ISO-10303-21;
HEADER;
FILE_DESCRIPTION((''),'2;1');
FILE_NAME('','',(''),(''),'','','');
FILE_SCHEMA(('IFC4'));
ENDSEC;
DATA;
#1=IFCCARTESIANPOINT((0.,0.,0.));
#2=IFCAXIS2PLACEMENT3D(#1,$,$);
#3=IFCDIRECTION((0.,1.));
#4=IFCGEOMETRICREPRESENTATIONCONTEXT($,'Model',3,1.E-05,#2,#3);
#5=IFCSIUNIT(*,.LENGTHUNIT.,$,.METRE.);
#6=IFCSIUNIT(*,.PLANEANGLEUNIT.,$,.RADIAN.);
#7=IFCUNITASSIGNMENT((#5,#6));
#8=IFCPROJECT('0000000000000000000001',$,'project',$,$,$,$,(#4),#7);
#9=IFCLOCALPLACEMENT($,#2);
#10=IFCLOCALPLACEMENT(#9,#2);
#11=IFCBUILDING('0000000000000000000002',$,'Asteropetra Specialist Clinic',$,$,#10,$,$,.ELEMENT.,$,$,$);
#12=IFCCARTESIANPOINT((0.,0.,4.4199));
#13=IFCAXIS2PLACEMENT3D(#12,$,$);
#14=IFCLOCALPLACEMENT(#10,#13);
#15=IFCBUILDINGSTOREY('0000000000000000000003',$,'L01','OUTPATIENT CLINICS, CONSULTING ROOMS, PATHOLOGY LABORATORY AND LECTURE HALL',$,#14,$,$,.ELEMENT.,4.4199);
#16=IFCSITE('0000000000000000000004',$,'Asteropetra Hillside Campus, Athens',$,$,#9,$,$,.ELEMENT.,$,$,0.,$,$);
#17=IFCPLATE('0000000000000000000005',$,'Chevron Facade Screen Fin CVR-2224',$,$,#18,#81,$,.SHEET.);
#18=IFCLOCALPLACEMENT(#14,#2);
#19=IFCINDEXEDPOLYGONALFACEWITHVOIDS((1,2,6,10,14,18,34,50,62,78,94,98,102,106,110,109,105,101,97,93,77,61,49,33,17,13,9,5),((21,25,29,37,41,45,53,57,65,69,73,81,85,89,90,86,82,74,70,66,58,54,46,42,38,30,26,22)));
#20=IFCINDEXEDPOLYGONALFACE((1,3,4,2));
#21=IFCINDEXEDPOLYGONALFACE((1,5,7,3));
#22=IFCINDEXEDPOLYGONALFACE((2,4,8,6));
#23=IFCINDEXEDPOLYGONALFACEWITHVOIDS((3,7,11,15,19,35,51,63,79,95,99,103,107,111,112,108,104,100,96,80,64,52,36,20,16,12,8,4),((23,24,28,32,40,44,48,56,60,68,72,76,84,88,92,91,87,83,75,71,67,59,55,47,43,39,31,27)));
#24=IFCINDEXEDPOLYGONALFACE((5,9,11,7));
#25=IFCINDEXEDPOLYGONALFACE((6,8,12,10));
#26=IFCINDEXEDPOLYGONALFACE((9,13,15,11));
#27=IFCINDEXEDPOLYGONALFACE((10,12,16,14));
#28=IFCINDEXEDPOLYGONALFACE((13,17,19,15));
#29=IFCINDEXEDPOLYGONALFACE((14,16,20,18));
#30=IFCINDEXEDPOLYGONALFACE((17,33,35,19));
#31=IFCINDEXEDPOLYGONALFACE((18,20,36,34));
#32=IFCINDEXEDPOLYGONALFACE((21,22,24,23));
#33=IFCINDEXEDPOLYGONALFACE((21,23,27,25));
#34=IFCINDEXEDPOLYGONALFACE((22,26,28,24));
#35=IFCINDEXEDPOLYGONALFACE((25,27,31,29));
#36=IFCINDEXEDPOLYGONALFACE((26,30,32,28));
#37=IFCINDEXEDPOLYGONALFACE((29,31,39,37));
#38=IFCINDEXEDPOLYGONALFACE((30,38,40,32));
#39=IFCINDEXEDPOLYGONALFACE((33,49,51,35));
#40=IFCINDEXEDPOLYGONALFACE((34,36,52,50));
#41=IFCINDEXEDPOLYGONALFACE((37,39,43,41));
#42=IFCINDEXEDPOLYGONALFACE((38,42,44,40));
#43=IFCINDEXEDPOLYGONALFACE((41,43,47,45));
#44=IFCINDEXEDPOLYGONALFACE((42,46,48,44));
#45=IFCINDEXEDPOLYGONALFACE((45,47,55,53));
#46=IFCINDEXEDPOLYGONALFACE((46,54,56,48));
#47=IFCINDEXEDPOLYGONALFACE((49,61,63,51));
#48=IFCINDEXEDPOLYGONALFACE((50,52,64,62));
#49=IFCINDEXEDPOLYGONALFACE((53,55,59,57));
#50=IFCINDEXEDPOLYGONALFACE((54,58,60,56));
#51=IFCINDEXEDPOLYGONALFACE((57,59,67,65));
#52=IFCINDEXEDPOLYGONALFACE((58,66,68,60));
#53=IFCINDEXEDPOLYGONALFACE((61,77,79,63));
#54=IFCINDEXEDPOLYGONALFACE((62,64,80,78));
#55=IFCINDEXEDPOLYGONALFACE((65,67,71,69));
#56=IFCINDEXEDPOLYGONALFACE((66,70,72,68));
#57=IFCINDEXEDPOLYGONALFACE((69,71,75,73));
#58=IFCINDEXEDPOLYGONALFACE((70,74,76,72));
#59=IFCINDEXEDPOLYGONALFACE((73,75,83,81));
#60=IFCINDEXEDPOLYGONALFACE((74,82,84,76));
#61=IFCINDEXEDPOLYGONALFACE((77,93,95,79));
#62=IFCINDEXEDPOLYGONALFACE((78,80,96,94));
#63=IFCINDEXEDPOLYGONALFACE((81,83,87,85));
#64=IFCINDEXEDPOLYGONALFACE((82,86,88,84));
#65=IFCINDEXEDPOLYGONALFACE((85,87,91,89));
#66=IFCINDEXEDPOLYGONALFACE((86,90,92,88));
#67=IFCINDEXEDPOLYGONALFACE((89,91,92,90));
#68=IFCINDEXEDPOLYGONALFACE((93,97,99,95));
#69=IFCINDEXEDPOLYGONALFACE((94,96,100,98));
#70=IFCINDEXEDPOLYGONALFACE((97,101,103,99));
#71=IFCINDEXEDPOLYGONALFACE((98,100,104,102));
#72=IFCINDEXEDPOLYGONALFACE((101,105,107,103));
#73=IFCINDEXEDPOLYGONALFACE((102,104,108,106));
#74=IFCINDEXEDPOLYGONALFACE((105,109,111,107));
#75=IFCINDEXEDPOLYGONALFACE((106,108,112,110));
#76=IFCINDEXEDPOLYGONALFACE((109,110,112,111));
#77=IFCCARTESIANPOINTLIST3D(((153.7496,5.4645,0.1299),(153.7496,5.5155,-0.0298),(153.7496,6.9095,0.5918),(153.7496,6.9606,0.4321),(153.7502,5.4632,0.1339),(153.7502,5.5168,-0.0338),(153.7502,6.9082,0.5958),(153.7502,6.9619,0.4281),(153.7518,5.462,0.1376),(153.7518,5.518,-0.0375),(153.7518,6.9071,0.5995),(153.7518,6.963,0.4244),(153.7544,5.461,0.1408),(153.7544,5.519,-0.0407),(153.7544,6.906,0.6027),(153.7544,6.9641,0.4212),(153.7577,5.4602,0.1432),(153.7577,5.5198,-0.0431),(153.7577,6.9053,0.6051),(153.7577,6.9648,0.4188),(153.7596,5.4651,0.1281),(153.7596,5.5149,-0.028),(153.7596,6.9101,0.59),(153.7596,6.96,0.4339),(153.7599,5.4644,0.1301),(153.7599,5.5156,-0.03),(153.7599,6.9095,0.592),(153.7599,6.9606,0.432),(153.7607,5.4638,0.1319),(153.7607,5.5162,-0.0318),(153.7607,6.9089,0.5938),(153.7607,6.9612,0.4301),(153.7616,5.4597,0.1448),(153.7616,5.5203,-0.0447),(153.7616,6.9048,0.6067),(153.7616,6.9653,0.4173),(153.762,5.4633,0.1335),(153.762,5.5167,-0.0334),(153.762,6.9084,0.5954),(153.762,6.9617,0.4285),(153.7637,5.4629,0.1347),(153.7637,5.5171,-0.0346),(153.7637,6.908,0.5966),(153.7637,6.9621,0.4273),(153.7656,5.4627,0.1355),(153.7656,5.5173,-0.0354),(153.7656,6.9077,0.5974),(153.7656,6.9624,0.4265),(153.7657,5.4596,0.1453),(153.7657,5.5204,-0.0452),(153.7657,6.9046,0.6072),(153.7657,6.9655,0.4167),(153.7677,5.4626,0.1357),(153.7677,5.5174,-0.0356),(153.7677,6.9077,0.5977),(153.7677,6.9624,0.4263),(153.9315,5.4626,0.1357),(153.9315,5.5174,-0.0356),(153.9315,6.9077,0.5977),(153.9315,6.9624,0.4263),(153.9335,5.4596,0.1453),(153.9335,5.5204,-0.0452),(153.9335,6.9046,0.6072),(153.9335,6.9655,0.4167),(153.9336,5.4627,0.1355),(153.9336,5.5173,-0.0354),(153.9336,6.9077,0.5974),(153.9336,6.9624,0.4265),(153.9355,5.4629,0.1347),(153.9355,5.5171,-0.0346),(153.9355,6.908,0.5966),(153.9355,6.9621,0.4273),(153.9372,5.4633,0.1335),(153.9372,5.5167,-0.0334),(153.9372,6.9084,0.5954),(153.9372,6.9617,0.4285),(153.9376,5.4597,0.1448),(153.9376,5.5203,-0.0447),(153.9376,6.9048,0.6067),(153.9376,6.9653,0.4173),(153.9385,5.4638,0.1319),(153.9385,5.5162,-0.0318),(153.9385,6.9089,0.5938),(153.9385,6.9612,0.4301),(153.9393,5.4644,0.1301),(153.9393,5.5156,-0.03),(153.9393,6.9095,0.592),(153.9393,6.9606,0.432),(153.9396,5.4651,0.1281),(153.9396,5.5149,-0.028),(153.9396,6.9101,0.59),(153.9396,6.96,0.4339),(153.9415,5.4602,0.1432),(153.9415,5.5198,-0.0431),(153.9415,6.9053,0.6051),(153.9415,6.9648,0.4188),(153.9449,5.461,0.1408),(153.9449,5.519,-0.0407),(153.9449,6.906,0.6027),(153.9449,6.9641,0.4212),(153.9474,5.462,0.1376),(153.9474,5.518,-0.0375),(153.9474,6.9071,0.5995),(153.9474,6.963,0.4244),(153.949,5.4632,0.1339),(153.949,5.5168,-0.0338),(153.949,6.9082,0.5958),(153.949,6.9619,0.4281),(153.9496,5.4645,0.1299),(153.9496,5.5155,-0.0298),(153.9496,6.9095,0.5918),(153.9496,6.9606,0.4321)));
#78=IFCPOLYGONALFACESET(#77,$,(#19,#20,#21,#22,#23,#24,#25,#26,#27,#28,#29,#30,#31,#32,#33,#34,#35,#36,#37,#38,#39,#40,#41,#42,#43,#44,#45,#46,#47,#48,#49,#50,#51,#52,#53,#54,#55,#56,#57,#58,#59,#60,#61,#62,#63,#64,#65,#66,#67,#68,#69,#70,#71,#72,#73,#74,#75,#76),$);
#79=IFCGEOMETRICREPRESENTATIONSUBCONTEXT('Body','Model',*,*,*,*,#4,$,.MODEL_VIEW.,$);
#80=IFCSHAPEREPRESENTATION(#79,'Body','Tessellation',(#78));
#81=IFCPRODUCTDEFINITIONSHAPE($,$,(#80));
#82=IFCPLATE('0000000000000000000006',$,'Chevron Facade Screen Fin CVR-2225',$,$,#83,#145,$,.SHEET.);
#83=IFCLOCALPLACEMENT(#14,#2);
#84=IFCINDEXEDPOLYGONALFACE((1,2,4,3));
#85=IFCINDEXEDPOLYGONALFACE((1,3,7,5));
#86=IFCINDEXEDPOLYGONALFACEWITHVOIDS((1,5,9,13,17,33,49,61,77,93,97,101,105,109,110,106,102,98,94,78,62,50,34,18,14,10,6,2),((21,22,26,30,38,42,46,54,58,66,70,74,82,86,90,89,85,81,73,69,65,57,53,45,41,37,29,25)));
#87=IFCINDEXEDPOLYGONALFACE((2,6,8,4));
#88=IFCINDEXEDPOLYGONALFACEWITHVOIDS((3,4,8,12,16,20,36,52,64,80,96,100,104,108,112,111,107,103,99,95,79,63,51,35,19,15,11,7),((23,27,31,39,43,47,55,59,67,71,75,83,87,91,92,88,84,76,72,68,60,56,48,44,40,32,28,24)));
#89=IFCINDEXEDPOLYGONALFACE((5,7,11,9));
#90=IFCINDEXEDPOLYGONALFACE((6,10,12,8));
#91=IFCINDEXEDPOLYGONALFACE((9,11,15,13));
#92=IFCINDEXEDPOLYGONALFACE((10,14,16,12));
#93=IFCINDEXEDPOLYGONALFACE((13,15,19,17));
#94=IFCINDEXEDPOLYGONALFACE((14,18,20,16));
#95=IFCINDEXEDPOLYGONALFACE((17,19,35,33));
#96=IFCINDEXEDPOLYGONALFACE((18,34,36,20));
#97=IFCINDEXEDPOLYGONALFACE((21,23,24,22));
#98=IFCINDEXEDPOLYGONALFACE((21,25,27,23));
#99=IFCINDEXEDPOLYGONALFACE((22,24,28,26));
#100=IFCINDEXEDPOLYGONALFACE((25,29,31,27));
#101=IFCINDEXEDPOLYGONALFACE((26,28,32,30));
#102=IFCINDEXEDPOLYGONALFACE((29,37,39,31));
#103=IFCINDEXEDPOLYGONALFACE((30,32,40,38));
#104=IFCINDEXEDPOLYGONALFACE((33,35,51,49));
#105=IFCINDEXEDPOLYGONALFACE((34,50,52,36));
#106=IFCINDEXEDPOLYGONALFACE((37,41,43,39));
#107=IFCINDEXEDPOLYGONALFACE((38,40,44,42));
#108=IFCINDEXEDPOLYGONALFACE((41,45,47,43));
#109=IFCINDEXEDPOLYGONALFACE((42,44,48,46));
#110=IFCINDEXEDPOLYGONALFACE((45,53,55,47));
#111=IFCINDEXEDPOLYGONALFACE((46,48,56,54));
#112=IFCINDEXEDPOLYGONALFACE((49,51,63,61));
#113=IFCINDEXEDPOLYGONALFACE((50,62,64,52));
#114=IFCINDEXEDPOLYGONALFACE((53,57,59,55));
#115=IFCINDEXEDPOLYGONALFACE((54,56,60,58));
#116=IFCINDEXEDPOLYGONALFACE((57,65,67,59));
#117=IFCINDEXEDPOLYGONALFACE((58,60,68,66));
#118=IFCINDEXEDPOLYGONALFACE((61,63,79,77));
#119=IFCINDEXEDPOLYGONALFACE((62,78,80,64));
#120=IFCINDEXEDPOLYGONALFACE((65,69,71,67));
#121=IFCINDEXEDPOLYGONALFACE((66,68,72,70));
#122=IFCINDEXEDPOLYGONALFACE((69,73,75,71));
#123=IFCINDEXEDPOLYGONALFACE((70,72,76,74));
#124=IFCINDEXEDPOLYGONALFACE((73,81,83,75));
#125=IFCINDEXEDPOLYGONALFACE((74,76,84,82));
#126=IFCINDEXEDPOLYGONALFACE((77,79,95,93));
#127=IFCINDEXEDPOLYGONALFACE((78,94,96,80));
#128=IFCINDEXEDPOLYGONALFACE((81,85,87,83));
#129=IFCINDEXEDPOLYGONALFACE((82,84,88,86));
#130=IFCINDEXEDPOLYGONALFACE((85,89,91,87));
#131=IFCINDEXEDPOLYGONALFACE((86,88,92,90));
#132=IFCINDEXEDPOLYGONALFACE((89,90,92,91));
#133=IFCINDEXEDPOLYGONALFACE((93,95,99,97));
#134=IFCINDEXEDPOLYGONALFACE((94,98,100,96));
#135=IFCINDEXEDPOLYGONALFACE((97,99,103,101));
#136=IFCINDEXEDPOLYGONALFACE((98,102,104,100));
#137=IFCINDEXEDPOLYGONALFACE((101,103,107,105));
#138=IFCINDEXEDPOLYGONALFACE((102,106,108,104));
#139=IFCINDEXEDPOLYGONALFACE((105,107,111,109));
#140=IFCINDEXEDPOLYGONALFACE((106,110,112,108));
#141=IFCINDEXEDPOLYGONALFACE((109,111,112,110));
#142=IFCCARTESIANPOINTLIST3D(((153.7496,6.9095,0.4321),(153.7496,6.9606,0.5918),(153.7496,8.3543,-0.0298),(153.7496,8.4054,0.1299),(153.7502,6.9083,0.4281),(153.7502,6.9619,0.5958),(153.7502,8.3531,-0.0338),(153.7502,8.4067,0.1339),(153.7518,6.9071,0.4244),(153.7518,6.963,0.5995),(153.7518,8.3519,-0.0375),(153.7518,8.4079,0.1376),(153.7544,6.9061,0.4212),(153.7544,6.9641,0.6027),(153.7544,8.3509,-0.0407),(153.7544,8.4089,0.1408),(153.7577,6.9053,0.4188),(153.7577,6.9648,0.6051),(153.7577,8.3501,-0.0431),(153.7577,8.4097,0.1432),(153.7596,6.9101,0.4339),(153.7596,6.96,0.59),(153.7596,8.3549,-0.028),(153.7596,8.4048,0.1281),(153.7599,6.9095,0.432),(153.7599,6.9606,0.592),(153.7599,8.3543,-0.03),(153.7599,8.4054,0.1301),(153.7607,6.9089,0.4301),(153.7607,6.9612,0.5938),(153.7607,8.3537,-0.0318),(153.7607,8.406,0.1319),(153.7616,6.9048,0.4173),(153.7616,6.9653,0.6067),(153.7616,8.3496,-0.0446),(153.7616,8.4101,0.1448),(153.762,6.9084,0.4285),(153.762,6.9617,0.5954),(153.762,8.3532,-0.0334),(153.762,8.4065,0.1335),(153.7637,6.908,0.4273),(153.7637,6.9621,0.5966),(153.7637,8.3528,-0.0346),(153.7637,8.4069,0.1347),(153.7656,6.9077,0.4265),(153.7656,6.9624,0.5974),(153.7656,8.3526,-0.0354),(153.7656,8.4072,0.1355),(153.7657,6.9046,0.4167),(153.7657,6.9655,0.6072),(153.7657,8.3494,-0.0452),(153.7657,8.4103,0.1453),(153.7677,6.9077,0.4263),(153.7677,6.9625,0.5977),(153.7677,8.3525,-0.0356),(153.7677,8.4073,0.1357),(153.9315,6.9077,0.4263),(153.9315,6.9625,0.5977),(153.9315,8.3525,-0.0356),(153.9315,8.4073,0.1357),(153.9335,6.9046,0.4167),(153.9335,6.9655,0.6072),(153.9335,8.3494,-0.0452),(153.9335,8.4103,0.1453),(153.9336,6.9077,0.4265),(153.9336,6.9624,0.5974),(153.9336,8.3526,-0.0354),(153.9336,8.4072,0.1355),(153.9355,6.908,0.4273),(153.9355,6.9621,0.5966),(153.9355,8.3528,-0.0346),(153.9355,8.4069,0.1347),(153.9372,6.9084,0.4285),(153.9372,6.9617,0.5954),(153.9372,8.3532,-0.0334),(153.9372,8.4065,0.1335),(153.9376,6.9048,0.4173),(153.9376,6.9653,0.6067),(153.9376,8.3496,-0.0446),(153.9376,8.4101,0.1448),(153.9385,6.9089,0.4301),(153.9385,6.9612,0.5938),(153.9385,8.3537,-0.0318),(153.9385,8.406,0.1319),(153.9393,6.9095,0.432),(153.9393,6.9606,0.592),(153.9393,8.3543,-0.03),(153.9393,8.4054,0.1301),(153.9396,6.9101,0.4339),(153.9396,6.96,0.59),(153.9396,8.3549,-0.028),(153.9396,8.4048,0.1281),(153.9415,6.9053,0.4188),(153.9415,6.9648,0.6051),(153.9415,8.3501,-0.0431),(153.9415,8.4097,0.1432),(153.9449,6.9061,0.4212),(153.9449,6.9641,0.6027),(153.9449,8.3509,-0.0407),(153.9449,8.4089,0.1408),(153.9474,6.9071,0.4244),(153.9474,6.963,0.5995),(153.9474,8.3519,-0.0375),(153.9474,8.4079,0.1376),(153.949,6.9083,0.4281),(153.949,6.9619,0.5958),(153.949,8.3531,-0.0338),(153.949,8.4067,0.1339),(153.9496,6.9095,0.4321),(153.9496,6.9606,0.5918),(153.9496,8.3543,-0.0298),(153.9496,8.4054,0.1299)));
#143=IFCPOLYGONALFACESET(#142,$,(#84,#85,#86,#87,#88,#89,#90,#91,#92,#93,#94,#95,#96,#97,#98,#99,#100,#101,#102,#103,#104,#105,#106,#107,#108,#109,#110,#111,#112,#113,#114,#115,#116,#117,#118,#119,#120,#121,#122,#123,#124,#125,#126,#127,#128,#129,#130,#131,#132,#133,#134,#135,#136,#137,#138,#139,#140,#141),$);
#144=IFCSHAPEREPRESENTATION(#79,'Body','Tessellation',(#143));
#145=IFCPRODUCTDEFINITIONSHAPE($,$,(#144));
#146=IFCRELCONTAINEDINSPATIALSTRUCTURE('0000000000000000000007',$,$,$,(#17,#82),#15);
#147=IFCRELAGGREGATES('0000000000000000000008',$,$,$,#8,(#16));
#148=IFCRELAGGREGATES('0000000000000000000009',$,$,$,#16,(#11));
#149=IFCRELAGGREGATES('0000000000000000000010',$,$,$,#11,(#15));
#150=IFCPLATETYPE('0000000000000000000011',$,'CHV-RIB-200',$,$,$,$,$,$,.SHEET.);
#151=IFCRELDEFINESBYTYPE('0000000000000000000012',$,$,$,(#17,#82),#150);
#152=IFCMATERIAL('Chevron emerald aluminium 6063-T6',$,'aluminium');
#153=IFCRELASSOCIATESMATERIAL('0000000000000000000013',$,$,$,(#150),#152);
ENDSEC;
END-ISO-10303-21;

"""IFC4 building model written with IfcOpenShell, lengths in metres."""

from ifc_helpers import new_model, si_unit, direction, frame, origin, origin_2d, place, context, subcontext, project, spatial, hollow_rectangle, extrude, material, material_profile, profile_set, type_object, element, save


model = new_model("IFC4")

# Units and contexts
model_context = context("Model", 3, precision=1e-05, world=origin(), true_north=direction((0.0, 1.0)))
body_context = subcontext(model_context, "Body", "Model", "MODEL_VIEW")
ifc_project = project(units=[si_unit("LENGTHUNIT", "METRE"), si_unit("PLANEANGLEUNIT", "RADIAN")], contexts=[model_context])

# Site, building, storey
site_placement = place(None, origin())
site = spatial("IfcSite", under=ifc_project, at=site_placement, Name="Asteropetra Hillside Campus, Athens", CompositionType="ELEMENT", RefElevation=0.0)
building_placement = place(site_placement, origin())
building = spatial("IfcBuilding", under=site, at=building_placement, Name="Asteropetra Specialist Clinic", CompositionType="ELEMENT")
storey_placement = place(building_placement, frame((0.0, 0.0, 4.4199)))
storey = spatial("IfcBuildingStorey", under=building, at=storey_placement, Name="L01", Description="OUTPATIENT CLINICS, CONSULTING ROOMS, PATHOLOGY LABORATORY AND LECTURE HALL", CompositionType="ELEMENT", Elevation=4.4199)

# Plates
ifc_material_1 = material(Name="Chevron emerald aluminium 6063-T6", Category="aluminium")
ifc_material_profile = material_profile(ifc_material_1, hollow_rectangle(XDim=0.2, YDim=0.2, WallThickness=0.01, InnerFilletRadius=0.0081, OuterFilletRadius=0.0161, at=origin_2d()), Name="SHS 200x200x10.0")
ifc_profile_set = profile_set([ifc_material_profile], Name="Chevron emerald aluminium 6063-T6")
plate_type = type_object("IfcPlateType", Name="CHV-RIB-200", PredefinedType="SHEET", material=ifc_profile_set)
plate_1_placement = place(storey_placement, frame((153.8496, 5.49, 0.05), z_axis=(0.0, 0.952521, 0.304472), x_axis=(-1.0, 0.0, 0.0)))
element("IfcPlate", 1, at=plate_1_placement, inside=storey, type_object=plate_type, Name="Chevron Facade Screen Fin CVR-2224", PredefinedType="SHEET", context=body_context, shape_type="SweptSolid", body=[
    extrude(hollow_rectangle(XDim=0.2, YDim=0.2, WallThickness=0.01, InnerFilletRadius=0.0081, OuterFilletRadius=0.0161, at=origin_2d()), origin(), (0.0, 0.0, 1.0), 1.5171),
])
plate_2_placement = place(storey_placement, frame((153.8496, 6.9351, 0.512), z_axis=(0.0, 0.952506, -0.304519), x_axis=(-1.0, 0.0, 0.0)))
element("IfcPlate", 2, at=plate_2_placement, inside=storey, type_object=plate_type, Name="Chevron Facade Screen Fin CVR-2225", PredefinedType="SHEET", context=body_context, shape_type="SweptSolid", body=[
    extrude(hollow_rectangle(XDim=0.2, YDim=0.2, WallThickness=0.01, InnerFilletRadius=0.0081, OuterFilletRadius=0.0161, at=origin_2d()), origin(), (0.0, 0.0, 1.0), 1.5168),
])

save(model, "model.ifc")
